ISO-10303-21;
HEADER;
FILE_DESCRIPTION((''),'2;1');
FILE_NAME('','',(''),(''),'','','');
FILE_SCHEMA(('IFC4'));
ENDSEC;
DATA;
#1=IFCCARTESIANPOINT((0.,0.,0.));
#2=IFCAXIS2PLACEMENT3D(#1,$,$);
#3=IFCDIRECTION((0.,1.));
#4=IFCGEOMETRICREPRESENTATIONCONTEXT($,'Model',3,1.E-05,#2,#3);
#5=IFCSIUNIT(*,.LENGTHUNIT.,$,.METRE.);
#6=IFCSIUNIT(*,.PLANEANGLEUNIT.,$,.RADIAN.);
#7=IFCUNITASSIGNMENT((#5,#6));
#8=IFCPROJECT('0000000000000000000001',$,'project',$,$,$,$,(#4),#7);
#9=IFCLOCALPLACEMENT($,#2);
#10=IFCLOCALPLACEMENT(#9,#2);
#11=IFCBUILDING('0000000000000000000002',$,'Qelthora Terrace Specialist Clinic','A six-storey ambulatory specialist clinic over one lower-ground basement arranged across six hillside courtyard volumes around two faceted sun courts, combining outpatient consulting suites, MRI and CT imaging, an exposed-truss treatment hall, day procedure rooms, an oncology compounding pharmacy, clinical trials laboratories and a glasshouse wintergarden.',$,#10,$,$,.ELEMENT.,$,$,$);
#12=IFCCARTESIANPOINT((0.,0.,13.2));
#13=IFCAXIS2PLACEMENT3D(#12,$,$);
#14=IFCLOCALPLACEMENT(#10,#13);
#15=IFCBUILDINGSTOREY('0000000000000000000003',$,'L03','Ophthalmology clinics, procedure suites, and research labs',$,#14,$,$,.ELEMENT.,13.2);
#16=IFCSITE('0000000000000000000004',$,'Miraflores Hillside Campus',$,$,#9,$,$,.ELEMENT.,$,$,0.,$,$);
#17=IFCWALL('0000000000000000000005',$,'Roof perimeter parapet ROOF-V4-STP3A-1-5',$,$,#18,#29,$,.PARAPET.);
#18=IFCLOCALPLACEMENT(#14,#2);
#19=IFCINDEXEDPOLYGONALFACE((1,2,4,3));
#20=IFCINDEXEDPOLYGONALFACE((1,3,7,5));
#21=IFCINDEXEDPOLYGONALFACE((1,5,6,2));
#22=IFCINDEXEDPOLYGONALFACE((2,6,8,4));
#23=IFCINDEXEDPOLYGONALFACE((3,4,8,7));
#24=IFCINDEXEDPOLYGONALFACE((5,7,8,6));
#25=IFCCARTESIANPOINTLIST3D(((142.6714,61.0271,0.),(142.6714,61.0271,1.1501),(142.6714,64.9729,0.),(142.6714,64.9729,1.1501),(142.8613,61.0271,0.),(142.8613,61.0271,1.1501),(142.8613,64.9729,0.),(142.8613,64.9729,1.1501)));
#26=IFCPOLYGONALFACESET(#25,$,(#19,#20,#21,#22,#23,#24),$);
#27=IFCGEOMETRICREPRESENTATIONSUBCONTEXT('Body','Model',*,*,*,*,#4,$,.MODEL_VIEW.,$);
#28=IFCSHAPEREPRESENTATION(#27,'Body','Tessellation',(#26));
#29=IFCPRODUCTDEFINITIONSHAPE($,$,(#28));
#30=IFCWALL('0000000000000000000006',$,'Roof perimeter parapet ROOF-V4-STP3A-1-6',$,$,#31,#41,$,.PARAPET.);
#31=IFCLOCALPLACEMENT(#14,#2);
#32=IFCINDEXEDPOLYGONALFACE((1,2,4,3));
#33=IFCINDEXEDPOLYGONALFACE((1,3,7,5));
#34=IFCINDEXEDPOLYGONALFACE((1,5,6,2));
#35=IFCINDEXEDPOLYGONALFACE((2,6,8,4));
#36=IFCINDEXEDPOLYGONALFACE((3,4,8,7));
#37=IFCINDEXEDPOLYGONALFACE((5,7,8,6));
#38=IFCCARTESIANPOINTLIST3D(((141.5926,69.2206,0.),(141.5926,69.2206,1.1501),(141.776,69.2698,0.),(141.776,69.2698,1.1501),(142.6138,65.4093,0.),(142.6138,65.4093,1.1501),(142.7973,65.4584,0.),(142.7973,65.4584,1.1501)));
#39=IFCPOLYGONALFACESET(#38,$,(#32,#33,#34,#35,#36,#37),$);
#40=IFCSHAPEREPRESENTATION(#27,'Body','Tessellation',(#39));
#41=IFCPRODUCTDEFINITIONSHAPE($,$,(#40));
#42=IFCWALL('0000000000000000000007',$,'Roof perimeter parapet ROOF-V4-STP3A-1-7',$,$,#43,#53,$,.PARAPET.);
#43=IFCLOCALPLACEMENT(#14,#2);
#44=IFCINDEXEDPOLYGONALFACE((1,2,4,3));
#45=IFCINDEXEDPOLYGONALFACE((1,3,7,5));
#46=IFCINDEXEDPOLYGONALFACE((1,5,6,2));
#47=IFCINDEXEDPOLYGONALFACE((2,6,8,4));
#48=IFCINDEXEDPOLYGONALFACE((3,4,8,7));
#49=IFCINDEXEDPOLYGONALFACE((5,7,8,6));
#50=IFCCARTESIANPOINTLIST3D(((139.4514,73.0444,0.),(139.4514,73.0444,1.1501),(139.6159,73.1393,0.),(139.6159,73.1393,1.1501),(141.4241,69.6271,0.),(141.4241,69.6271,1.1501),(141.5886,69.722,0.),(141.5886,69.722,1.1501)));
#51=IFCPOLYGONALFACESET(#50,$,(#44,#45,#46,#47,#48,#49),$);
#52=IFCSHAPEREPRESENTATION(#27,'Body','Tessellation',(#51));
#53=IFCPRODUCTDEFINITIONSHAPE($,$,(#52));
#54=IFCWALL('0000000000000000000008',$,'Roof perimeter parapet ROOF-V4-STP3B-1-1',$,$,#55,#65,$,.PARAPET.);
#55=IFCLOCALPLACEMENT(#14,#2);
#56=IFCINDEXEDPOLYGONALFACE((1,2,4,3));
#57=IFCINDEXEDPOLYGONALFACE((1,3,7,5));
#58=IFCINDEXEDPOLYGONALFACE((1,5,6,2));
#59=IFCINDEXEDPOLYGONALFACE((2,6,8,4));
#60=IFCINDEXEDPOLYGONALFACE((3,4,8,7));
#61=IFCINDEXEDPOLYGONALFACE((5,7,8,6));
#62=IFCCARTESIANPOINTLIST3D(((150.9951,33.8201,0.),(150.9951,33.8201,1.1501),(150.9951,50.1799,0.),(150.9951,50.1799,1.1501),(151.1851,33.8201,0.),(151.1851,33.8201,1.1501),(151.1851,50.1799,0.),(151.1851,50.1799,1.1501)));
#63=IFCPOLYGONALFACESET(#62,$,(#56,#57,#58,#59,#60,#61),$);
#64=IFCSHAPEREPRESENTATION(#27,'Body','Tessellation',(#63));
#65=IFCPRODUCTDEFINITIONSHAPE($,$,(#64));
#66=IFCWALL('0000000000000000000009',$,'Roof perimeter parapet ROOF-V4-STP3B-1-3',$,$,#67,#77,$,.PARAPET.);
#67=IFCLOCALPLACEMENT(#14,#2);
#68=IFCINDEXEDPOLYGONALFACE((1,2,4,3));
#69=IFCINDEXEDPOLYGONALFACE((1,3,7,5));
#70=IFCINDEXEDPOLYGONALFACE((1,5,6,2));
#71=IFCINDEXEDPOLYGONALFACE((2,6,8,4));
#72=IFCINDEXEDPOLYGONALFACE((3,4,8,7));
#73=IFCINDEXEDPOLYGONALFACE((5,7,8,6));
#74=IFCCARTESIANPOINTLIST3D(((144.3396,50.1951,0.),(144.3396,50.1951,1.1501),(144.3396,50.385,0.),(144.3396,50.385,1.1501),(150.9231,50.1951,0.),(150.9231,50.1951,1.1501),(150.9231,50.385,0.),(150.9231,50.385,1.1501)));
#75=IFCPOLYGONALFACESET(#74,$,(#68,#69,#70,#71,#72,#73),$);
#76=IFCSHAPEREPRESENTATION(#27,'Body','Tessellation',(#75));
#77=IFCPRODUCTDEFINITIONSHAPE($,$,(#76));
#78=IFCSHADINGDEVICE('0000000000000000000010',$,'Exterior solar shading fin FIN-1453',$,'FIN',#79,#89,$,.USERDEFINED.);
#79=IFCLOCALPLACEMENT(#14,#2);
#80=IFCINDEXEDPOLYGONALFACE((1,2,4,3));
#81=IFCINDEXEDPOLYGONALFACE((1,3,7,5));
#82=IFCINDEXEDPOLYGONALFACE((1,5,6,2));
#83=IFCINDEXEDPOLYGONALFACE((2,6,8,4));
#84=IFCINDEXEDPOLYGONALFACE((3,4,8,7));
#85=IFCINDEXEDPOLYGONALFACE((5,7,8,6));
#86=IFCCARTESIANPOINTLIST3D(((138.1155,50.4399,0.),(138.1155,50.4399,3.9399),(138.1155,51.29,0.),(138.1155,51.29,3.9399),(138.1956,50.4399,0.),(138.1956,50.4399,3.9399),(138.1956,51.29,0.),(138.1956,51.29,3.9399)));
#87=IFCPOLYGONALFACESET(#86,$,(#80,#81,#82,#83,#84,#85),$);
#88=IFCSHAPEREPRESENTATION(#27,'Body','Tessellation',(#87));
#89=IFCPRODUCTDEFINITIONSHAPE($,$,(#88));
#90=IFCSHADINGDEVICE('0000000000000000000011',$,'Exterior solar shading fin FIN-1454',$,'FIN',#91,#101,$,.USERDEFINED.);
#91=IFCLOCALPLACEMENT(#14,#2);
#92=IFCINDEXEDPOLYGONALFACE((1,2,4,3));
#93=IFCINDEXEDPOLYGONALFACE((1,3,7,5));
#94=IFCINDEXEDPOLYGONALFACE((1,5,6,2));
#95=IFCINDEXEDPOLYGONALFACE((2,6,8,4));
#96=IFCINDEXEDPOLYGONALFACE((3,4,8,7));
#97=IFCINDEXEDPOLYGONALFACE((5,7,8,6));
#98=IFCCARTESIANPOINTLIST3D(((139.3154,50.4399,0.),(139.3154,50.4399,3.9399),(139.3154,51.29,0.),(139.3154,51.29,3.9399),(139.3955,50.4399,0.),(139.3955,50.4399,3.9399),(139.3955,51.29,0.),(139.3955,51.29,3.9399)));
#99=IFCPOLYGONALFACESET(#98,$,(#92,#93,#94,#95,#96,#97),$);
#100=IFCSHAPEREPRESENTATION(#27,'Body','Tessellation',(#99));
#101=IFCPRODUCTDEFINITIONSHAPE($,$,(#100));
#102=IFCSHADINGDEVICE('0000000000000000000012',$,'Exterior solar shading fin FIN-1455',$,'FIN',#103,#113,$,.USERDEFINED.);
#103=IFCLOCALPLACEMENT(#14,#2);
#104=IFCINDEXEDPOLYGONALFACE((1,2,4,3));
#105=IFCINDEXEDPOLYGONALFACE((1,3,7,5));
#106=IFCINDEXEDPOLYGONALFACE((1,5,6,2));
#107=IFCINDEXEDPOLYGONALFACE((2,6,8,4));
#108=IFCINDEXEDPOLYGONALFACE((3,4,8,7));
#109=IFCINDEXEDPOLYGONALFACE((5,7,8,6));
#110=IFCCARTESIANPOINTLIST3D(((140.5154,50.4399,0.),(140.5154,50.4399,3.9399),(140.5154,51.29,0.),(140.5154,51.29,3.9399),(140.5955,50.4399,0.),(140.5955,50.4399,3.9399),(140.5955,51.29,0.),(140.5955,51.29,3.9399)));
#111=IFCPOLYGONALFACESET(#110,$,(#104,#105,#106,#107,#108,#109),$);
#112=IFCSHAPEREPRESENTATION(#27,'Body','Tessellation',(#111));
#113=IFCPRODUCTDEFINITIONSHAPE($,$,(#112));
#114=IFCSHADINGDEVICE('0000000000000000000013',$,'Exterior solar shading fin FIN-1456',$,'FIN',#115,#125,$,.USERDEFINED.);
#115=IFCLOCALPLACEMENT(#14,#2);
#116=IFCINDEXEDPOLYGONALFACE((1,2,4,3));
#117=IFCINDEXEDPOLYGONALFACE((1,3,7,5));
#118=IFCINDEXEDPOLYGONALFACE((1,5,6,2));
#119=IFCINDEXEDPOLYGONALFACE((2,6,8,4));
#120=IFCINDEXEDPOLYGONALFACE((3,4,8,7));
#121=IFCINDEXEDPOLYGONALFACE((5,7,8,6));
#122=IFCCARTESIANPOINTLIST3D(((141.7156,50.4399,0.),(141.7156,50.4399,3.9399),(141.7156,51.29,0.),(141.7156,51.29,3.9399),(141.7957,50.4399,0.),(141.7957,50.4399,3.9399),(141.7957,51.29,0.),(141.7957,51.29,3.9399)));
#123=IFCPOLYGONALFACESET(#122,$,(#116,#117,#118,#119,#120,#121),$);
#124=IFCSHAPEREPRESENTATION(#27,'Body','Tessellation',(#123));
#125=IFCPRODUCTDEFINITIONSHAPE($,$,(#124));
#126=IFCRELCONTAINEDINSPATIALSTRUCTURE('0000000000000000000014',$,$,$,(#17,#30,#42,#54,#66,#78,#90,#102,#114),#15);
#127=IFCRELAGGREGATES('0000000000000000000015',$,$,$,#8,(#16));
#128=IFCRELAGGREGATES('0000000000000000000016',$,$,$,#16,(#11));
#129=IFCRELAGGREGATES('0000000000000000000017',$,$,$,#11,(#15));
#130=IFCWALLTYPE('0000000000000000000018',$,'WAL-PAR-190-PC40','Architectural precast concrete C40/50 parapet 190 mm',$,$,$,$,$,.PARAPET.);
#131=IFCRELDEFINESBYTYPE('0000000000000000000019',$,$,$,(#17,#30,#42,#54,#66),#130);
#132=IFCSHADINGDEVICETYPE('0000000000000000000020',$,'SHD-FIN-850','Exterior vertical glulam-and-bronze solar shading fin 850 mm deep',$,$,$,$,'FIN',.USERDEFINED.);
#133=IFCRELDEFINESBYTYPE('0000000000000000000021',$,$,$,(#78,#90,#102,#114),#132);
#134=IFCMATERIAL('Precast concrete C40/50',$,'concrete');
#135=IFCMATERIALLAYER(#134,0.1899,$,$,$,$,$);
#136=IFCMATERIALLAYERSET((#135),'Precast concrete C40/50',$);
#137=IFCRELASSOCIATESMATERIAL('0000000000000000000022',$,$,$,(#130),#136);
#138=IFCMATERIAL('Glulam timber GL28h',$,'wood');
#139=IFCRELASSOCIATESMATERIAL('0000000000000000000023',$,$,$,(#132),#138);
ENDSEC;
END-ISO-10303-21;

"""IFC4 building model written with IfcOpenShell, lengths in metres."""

from ifc_helpers import new_model, si_unit, direction, frame, frame_2d, origin, origin_2d, place, context, subcontext, project, spatial, rectangle, extrude, material, layer, layer_set, type_object, element, save


model = new_model("IFC4")

# Units and contexts
model_context = context("Model", 3, precision=1e-05, world=origin(), true_north=direction((0.0, 1.0)))
body_context = subcontext(model_context, "Body", "Model", "MODEL_VIEW")
ifc_project = project(units=[si_unit("LENGTHUNIT", "METRE"), si_unit("PLANEANGLEUNIT", "RADIAN")], contexts=[model_context])

# Site, building, storey
site_placement = place(None, origin())
site = spatial("IfcSite", under=ifc_project, at=site_placement, Name="Miraflores Hillside Campus", CompositionType="ELEMENT", RefElevation=0.0)
building_placement = place(site_placement, origin())
building = spatial("IfcBuilding", under=site, at=building_placement, Name="Qelthora Terrace Specialist Clinic", Description="A six-storey ambulatory specialist clinic over one lower-ground basement arranged across six hillside courtyard volumes around two faceted sun courts, combining outpatient consulting suites, MRI and CT imaging, an exposed-truss treatment hall, day procedure rooms, an oncology compounding pharmacy, clinical trials laboratories and a glasshouse wintergarden.", CompositionType="ELEMENT")
storey_placement = place(building_placement, frame((0.0, 0.0, 13.2)))
storey = spatial("IfcBuildingStorey", under=building, at=storey_placement, Name="L03", Description="Ophthalmology clinics, procedure suites, and research labs", CompositionType="ELEMENT", Elevation=13.2)

# Shared definitions
ifc_material_1 = material(Name="Precast concrete C40/50", Category="concrete")

# Walls
ifc_layer_1 = layer(ifc_material_1, 0.1899)
ifc_layer_set_1 = layer_set([ifc_layer_1], Name="Precast concrete C40/50")
wall_type_1 = type_object("IfcWallType", Name="WAL-PAR-190-PC40", Description="Architectural precast concrete C40/50 parapet 190 mm", PredefinedType="PARAPET", material=ifc_layer_set_1)
for number, where, z_axis, x_axis, name in (
    (1, (142.7664, 61.0271, 0.0), (0.0, 0.0, 1.0), (0.0, 1.0, 0.0), "Roof perimeter parapet ROOF-V4-STP3A-1-5"),
    (2, (142.7056, 65.4338, 0.0), (0.0, 0.0, 1.0), (-0.258822, 0.965925, 0.0), "Roof perimeter parapet ROOF-V4-STP3A-1-6"),
    (3, (141.5063, 69.6746, 0.0), (0.0, 0.0, 1.0), (-0.499946, 0.866057, 0.0), "Roof perimeter parapet ROOF-V4-STP3A-1-7"),
):
    element("IfcWall", number, at=place(storey_placement, frame(where, z_axis=z_axis, x_axis=x_axis)), inside=storey, type_object=wall_type_1, Name=name, PredefinedType="PARAPET", context=body_context, shape_type="SweptSolid", body=[
        extrude(rectangle(XDim=3.9458, YDim=0.1899, at=frame_2d((1.9729, 0.0))), origin(), (0.0, 0.0, 1.0), 1.1501),
    ])
wall_1_placement = place(storey_placement, frame((151.0901, 50.1799, 0.0), z_axis=(0.0, 0.0, 1.0), x_axis=(0.0, -1.0, 0.0)))
element("IfcWall", 4, at=wall_1_placement, inside=storey, type_object=wall_type_1, Name="Roof perimeter parapet ROOF-V4-STP3B-1-1", PredefinedType="PARAPET", context=body_context, shape_type="SweptSolid", body=[
    extrude(rectangle(XDim=16.3599, YDim=0.1899, at=frame_2d((8.1799, 0.0))), origin(), (0.0, 0.0, 1.0), 1.1501),
])
wall_2_placement = place(storey_placement, frame((144.3396, 50.29, 0.0), z_axis=(0.0, 0.0, 1.0), x_axis=(1.0, 0.0, 0.0)))
element("IfcWall", 5, at=wall_2_placement, inside=storey, type_object=wall_type_1, Name="Roof perimeter parapet ROOF-V4-STP3B-1-3", PredefinedType="PARAPET", context=body_context, shape_type="SweptSolid", body=[
    extrude(rectangle(XDim=6.5835, YDim=0.1899, at=frame_2d((3.2917, 0.0))), origin(), (0.0, 0.0, 1.0), 1.1501),
])

# Shading devices
ifc_material_2 = material(Name="Glulam timber GL28h", Category="wood")
shading_device_type = type_object("IfcShadingDeviceType", Name="SHD-FIN-850", Description="Exterior vertical glulam-and-bronze solar shading fin 850 mm deep", ElementType="FIN", PredefinedType="USERDEFINED", material=ifc_material_2)
for number, where, z_axis, x_axis, name in (
    (6, (138.1555, 50.865, 0.0), (0.0, 0.0, 1.0), (0.0, 1.0, 0.0), "Exterior solar shading fin FIN-1453"),
    (7, (139.3555, 50.865, 0.0), (0.0, 0.0, 1.0), (0.0, 1.0, 0.0), "Exterior solar shading fin FIN-1454"),
    (8, (140.5554, 50.865, 0.0), (0.0, 0.0, 1.0), (0.0, 1.0, 0.0), "Exterior solar shading fin FIN-1455"),
    (9, (141.7556, 50.865, 0.0), (0.0, 0.0, 1.0), (0.0, 1.0, 0.0), "Exterior solar shading fin FIN-1456"),
):
    element("IfcShadingDevice", number, at=place(storey_placement, frame(where, z_axis=z_axis, x_axis=x_axis)), inside=storey, type_object=shading_device_type, Name=name, ObjectType="FIN", PredefinedType="USERDEFINED", context=body_context, shape_type="SweptSolid", body=[
        extrude(rectangle(XDim=0.8501, YDim=0.0801, at=origin_2d()), origin(), (0.0, 0.0, 1.0), 3.9399),
    ])

save(model, "model.ifc")
